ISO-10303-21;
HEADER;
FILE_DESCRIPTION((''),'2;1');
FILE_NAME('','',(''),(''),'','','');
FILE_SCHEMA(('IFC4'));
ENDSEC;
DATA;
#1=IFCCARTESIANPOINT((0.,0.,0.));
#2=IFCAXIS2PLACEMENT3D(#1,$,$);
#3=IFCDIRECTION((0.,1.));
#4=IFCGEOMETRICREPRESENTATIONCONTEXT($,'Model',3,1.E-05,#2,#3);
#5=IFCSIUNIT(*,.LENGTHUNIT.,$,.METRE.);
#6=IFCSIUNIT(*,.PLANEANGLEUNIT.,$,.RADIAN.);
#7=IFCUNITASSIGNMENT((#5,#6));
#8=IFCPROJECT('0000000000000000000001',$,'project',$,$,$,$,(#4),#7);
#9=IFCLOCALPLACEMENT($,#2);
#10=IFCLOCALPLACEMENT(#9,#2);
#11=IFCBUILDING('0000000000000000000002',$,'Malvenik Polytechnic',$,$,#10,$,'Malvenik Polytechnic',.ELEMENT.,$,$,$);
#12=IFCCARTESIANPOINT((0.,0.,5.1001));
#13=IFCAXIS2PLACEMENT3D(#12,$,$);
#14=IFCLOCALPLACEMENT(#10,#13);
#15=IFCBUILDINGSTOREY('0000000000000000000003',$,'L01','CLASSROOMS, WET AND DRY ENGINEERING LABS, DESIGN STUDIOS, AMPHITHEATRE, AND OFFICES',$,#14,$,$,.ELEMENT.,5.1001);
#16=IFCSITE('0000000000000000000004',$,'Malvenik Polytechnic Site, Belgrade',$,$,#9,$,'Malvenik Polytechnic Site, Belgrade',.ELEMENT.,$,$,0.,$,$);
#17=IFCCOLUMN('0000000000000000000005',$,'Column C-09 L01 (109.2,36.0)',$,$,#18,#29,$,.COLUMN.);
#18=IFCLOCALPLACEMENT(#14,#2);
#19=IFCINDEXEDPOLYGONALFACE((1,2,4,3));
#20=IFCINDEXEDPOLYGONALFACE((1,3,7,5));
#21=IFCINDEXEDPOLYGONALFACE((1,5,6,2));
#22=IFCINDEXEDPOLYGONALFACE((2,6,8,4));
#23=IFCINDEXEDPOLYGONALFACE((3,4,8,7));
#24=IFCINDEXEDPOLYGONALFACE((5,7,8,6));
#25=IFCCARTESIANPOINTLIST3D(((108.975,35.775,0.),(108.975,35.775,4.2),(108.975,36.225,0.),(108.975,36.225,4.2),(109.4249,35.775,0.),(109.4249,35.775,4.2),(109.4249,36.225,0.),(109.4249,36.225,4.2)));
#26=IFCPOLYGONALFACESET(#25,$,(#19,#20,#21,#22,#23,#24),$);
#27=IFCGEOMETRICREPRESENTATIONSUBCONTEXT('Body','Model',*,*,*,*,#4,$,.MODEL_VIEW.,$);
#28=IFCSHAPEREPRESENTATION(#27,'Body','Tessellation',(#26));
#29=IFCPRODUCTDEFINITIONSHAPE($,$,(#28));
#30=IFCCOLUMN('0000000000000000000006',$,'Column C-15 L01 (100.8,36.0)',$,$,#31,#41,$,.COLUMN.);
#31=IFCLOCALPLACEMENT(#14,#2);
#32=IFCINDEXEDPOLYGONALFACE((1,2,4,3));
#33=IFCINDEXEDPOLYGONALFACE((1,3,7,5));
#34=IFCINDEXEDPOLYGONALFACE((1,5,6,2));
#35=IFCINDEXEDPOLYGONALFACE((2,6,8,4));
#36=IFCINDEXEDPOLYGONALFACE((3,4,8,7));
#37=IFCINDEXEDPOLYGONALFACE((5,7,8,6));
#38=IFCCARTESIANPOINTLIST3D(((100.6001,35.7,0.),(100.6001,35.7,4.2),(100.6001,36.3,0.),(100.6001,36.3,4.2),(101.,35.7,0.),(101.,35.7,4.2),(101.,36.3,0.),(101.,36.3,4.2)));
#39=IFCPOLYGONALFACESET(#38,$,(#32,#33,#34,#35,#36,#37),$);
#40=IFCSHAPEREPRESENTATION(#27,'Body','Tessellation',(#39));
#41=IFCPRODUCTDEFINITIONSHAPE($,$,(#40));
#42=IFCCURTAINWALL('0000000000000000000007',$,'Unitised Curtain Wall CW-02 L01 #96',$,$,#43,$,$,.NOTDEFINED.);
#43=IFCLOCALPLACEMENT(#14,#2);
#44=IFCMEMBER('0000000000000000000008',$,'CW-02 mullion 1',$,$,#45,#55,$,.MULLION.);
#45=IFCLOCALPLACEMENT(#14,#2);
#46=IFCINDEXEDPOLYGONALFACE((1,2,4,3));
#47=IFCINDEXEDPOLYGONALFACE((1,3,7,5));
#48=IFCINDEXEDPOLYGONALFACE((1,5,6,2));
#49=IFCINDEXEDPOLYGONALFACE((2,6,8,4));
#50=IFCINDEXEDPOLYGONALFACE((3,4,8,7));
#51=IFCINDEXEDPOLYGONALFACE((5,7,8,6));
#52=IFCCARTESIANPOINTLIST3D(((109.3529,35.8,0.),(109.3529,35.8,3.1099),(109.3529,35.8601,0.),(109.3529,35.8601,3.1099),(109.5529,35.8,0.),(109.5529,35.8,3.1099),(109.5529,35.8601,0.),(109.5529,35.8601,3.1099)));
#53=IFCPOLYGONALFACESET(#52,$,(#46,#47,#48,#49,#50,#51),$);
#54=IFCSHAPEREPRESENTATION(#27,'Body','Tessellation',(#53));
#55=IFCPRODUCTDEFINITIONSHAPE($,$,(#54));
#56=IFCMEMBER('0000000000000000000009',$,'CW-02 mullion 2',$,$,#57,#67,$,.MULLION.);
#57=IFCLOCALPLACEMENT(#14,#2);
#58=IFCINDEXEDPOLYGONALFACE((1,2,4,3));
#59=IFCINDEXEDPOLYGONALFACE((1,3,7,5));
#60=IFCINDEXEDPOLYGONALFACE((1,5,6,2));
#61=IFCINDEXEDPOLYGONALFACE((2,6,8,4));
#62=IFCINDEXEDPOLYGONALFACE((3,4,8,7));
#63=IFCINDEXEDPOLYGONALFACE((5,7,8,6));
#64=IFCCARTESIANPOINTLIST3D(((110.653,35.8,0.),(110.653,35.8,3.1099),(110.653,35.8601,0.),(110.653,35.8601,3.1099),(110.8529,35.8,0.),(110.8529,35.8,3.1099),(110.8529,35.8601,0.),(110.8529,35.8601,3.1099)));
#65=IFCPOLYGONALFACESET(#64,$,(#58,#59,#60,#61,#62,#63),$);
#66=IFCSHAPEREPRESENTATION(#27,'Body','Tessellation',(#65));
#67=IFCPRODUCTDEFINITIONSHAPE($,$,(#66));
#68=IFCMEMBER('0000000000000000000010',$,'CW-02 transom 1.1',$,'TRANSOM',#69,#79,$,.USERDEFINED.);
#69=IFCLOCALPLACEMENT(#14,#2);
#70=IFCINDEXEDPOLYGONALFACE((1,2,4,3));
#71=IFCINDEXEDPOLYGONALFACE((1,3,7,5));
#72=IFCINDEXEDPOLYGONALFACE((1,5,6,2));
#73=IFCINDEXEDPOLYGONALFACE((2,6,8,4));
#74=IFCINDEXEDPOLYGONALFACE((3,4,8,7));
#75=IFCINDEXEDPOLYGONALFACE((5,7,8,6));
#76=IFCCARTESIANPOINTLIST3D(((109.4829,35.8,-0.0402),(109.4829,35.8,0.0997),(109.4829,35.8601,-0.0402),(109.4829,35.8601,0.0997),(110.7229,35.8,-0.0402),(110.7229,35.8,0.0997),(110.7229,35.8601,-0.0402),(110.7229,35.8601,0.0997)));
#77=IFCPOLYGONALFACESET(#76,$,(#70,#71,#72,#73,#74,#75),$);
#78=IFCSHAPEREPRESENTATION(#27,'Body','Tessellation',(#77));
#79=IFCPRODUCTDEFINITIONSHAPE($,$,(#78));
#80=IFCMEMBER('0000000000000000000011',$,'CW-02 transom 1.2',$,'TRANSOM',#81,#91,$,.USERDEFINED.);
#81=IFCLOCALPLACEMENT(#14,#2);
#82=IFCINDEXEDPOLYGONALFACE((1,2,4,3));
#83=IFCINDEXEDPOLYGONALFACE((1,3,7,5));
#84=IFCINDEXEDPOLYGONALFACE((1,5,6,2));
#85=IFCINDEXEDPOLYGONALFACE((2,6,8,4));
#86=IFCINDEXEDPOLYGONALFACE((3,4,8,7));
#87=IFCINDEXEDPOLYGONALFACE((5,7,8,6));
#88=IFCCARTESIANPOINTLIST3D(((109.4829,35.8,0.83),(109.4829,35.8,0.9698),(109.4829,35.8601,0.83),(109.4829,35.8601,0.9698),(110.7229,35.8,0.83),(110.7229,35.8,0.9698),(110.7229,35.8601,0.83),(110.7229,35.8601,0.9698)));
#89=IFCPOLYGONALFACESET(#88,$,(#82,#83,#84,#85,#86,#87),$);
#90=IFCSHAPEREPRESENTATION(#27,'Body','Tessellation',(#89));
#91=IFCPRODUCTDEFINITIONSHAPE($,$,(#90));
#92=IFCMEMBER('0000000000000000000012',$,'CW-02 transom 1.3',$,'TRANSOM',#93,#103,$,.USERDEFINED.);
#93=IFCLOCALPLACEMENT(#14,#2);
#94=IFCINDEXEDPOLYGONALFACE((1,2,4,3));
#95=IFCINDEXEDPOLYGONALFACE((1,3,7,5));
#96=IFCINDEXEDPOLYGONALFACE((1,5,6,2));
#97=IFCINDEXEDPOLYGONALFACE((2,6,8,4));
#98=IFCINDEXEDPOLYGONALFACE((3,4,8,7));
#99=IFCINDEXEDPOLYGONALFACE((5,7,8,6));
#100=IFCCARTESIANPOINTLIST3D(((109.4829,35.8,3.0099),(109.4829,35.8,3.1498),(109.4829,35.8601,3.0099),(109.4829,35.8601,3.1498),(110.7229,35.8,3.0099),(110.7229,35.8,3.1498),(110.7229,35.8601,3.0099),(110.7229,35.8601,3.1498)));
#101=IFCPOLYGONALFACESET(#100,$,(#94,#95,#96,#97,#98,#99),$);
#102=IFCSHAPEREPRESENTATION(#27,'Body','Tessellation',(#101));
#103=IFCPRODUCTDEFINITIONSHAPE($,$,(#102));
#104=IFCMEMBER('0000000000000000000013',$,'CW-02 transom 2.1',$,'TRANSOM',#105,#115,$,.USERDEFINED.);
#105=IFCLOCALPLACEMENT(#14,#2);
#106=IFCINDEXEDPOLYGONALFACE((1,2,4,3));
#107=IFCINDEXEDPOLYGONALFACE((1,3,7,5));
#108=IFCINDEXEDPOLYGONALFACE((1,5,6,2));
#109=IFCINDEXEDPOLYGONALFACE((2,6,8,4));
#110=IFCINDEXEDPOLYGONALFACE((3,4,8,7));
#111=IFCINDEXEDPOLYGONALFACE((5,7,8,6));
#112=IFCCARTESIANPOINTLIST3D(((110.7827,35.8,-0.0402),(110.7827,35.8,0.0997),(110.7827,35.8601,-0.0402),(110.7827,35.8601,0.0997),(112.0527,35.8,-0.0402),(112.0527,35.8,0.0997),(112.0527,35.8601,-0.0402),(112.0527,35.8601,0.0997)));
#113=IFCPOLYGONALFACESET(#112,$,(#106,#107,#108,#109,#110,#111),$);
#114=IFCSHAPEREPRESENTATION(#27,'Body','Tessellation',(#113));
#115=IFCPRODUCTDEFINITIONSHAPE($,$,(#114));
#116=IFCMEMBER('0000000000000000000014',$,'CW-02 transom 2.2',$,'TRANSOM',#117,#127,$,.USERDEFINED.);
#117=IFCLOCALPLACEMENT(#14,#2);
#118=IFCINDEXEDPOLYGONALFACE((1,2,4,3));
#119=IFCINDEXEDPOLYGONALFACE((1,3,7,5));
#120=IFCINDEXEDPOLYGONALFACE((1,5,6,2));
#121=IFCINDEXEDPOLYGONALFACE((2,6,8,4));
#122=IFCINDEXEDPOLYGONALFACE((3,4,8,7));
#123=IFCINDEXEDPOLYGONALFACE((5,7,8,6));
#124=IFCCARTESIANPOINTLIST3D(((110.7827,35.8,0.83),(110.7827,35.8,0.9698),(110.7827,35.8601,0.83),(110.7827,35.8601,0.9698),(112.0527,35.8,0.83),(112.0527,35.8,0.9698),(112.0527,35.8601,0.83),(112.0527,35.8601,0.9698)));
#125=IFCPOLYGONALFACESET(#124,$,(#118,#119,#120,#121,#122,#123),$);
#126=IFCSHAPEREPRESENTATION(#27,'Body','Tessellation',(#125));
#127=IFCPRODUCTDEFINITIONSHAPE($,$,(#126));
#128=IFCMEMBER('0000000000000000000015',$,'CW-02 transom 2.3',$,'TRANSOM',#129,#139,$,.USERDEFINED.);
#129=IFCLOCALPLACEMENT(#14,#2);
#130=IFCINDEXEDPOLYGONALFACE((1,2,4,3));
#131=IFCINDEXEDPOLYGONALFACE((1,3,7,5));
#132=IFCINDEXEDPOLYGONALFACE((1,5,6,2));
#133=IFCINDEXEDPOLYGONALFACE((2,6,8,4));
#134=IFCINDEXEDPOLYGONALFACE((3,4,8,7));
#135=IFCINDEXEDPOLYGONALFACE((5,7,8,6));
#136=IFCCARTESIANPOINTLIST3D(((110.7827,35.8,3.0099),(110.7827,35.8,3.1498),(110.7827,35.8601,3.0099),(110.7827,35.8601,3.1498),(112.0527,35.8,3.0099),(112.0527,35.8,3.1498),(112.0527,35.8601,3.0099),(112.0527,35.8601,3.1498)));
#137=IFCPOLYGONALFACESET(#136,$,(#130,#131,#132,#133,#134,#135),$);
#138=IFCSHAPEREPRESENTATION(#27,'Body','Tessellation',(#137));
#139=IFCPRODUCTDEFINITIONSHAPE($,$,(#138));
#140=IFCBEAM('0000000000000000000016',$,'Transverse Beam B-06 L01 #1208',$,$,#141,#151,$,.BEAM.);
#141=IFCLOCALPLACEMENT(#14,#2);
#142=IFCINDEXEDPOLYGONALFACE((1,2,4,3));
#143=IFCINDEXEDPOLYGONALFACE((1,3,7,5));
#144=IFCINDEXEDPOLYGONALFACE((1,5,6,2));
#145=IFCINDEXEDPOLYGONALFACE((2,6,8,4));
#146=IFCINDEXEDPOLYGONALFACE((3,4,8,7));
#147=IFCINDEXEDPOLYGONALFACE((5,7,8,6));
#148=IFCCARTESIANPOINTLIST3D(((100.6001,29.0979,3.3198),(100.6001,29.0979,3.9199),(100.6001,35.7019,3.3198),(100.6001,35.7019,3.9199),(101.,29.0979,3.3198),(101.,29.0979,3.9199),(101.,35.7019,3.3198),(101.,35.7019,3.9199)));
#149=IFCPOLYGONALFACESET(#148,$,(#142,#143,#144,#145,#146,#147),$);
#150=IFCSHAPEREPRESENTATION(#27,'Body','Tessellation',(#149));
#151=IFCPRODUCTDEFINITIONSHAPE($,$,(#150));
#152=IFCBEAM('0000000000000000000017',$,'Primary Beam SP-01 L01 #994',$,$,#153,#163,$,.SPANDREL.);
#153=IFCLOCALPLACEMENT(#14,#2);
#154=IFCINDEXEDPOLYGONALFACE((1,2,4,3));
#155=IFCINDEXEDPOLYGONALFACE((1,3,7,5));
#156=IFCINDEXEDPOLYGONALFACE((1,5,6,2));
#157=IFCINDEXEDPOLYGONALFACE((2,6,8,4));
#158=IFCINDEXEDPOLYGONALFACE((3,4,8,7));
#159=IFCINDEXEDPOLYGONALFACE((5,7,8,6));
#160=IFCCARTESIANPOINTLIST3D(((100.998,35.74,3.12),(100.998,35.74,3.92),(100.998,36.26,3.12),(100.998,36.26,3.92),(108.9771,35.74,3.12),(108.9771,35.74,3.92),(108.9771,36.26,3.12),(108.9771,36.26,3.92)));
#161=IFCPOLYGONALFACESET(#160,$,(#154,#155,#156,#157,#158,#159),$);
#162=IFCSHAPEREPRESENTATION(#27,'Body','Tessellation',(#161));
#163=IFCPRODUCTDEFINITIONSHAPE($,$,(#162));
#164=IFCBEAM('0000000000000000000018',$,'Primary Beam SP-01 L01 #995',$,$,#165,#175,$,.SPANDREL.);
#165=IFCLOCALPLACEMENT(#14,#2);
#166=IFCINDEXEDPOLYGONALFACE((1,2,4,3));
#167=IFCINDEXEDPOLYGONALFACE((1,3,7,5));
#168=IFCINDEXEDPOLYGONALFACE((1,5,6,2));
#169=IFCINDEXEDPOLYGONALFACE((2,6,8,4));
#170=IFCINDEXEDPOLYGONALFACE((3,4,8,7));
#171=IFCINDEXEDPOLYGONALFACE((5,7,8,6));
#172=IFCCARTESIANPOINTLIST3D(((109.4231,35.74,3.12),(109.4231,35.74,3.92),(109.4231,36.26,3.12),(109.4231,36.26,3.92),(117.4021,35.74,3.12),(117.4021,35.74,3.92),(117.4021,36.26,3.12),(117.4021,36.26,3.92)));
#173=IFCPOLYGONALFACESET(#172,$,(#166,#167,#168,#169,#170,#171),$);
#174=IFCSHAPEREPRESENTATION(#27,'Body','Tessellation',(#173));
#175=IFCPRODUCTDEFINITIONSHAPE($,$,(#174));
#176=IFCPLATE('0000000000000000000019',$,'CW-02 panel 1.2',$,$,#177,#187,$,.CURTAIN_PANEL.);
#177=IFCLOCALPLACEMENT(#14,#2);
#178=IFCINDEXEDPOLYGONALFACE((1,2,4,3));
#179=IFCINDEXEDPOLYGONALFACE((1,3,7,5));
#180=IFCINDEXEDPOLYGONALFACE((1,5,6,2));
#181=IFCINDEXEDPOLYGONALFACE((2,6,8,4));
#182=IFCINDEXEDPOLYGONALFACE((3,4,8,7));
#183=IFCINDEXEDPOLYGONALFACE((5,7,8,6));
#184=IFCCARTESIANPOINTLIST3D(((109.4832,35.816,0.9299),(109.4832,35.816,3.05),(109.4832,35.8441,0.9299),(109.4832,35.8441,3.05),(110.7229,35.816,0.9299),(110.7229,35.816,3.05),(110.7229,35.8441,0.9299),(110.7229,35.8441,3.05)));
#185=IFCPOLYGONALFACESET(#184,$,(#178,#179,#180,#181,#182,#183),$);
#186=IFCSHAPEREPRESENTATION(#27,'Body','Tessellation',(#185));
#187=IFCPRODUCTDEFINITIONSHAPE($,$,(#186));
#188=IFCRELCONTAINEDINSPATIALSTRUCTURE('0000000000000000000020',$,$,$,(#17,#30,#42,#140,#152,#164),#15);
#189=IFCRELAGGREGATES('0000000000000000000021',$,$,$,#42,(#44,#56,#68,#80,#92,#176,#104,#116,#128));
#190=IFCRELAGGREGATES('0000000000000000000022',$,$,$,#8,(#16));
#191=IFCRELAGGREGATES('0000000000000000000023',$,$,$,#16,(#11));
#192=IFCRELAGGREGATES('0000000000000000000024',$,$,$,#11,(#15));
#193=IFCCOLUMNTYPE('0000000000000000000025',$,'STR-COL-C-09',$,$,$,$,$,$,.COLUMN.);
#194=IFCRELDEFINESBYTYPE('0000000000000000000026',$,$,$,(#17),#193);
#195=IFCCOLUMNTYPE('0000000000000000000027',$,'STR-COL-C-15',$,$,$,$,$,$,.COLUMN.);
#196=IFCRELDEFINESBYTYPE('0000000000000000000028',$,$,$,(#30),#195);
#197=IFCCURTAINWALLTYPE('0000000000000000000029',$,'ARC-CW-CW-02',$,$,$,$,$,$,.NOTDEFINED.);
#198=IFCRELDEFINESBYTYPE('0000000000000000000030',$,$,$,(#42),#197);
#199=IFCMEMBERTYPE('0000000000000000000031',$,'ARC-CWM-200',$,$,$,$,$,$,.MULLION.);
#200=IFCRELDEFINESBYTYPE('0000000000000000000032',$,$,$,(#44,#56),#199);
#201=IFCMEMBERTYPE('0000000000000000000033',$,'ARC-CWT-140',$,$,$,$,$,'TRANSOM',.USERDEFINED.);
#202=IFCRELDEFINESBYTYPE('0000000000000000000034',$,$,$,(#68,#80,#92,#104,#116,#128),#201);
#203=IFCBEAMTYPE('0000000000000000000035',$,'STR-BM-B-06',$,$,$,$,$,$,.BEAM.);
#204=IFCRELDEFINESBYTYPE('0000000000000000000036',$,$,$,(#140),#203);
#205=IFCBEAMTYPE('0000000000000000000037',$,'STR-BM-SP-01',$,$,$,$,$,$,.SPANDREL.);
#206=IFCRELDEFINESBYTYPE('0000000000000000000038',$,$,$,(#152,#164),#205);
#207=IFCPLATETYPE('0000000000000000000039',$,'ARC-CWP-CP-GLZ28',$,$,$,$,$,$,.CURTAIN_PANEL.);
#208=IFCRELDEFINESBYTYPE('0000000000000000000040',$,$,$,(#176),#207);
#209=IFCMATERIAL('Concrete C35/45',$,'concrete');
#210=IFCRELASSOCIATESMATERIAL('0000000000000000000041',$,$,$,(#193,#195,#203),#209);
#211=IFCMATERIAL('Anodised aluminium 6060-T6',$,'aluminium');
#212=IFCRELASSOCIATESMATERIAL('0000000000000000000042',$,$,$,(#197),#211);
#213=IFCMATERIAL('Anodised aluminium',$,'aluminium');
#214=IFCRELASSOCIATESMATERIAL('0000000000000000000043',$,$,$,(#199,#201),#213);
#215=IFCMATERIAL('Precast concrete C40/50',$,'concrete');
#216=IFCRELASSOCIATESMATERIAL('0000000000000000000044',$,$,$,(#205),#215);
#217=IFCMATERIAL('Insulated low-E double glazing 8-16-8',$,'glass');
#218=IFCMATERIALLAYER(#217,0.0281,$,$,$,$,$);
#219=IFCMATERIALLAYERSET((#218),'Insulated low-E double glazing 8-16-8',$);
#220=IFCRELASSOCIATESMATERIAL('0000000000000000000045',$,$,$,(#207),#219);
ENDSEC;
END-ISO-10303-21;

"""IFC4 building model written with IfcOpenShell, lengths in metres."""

from ifc_helpers import new_model, si_unit, direction, frame, origin, origin_2d, place, context, subcontext, project, spatial, rectangle, extrude, material, layer, layer_set, material_profile, profile_set, type_object, element, aggregate, save


model = new_model("IFC4")

# Units and contexts
model_context = context("Model", 3, precision=1e-05, world=origin(), true_north=direction((0.0, 1.0)))
body_context = subcontext(model_context, "Body", "Model", "MODEL_VIEW")
ifc_project = project(units=[si_unit("LENGTHUNIT", "METRE"), si_unit("PLANEANGLEUNIT", "RADIAN")], contexts=[model_context])

# Site, building, storey
site_placement = place(None, origin())
site = spatial("IfcSite", under=ifc_project, at=site_placement, Name="Malvenik Polytechnic Site, Belgrade", LongName="Malvenik Polytechnic Site, Belgrade", CompositionType="ELEMENT", RefElevation=0.0)
building_placement = place(site_placement, origin())
building = spatial("IfcBuilding", under=site, at=building_placement, Name="Malvenik Polytechnic", LongName="Malvenik Polytechnic", CompositionType="ELEMENT")
storey_placement = place(building_placement, frame((0.0, 0.0, 5.1001)))
storey = spatial("IfcBuildingStorey", under=building, at=storey_placement, Name="L01", Description="CLASSROOMS, WET AND DRY ENGINEERING LABS, DESIGN STUDIOS, AMPHITHEATRE, AND OFFICES", CompositionType="ELEMENT", Elevation=5.1001)

# Columns
ifc_material_1 = material(Name="Concrete C35/45", Category="concrete")
ifc_material_profile_1 = material_profile(ifc_material_1, rectangle(XDim=0.45, YDim=0.45, at=origin_2d()), Name="RC COL 450x450")
ifc_profile_set_1 = profile_set([ifc_material_profile_1], Name="Concrete C35/45")
column_type_1 = type_object("IfcColumnType", Name="STR-COL-C-09", PredefinedType="COLUMN", material=ifc_profile_set_1)
column_1_placement = place(storey_placement, frame((109.2, 36.0, 0.0), z_axis=(0.0, 0.0, 1.0), x_axis=(1.0, 0.0, 0.0)))
element("IfcColumn", 1, at=column_1_placement, inside=storey, type_object=column_type_1, Name="Column C-09 L01 (109.2,36.0)", PredefinedType="COLUMN", context=body_context, shape_type="SweptSolid", body=[
    extrude(rectangle(XDim=0.45, YDim=0.45, at=origin_2d()), origin(), (0.0, 0.0, 1.0), 4.2),
])
ifc_material_profile_2 = material_profile(ifc_material_1, rectangle(XDim=0.3999, YDim=0.6001, at=origin_2d()), Name="RC COL 600x400")
ifc_profile_set_2 = profile_set([ifc_material_profile_2], Name="Concrete C35/45")
column_type_2 = type_object("IfcColumnType", Name="STR-COL-C-15", PredefinedType="COLUMN", material=ifc_profile_set_2)
column_2_placement = place(storey_placement, frame((100.8, 36.0, 0.0), z_axis=(0.0, 0.0, 1.0), x_axis=(1.0, 0.0, 0.0)))
element("IfcColumn", 2, at=column_2_placement, inside=storey, type_object=column_type_2, Name="Column C-15 L01 (100.8,36.0)", PredefinedType="COLUMN", context=body_context, shape_type="SweptSolid", body=[
    extrude(rectangle(XDim=0.3999, YDim=0.6001, at=origin_2d()), origin(), (0.0, 0.0, 1.0), 4.2),
])

# Curtain wall, members
ifc_material_2 = material(Name="Anodised aluminium 6060-T6", Category="aluminium")
curtain_wall_type = type_object("IfcCurtainWallType", Name="ARC-CW-CW-02", PredefinedType="NOTDEFINED", material=ifc_material_2)
curtain_wall_placement = place(storey_placement, origin())
curtain_wall = element("IfcCurtainWall", 3, at=curtain_wall_placement, inside=storey, type_object=curtain_wall_type, Name="Unitised Curtain Wall CW-02 L01 #96", PredefinedType="NOTDEFINED")
ifc_material_3 = material(Name="Anodised aluminium", Category="aluminium")
ifc_material_profile_3 = material_profile(ifc_material_3, rectangle(XDim=0.0601, YDim=0.2, at=origin_2d()), Name="ALU MULLION 60x200")
ifc_profile_set_3 = profile_set([ifc_material_profile_3], Name="Anodised aluminium")
member_type_1 = type_object("IfcMemberType", Name="ARC-CWM-200", PredefinedType="MULLION", material=ifc_profile_set_3)
member_1_placement = place(storey_placement, frame((109.4529, 35.8301, 0.0), z_axis=(0.0, 0.0, 1.0), x_axis=(0.0, 1.0, 0.0)))
member_1 = element("IfcMember", 4, at=member_1_placement, type_object=member_type_1, Name="CW-02 mullion 1", PredefinedType="MULLION", context=body_context, shape_type="SweptSolid", body=[
    extrude(rectangle(XDim=0.0601, YDim=0.2, at=origin_2d()), origin(), (0.0, 0.0, 1.0), 3.1099),
])
member_2_placement = place(storey_placement, frame((110.7529, 35.8301, 0.0), z_axis=(0.0, 0.0, 1.0), x_axis=(0.0, 1.0, 0.0)))
member_2 = element("IfcMember", 5, at=member_2_placement, type_object=member_type_1, Name="CW-02 mullion 2", PredefinedType="MULLION", context=body_context, shape_type="SweptSolid", body=[
    extrude(rectangle(XDim=0.0601, YDim=0.2, at=origin_2d()), origin(), (0.0, 0.0, 1.0), 3.1099),
])
ifc_material_profile_4 = material_profile(ifc_material_3, rectangle(XDim=0.0601, YDim=0.1399, at=origin_2d()), Name="ALU TRANSOM 60x140")
ifc_profile_set_4 = profile_set([ifc_material_profile_4], Name="Anodised aluminium")
member_type_2 = type_object("IfcMemberType", Name="ARC-CWT-140", ElementType="TRANSOM", PredefinedType="USERDEFINED", material=ifc_profile_set_4)
member_3_placement = place(storey_placement, frame((109.4829, 35.8301, 0.0298), z_axis=(1.0, 0.0, 0.0), x_axis=(0.0, 1.0, 0.0)))
member_3 = element("IfcMember", 6, at=member_3_placement, type_object=member_type_2, Name="CW-02 transom 1.1", ObjectType="TRANSOM", PredefinedType="USERDEFINED", context=body_context, shape_type="SweptSolid", body=[
    extrude(rectangle(XDim=0.0601, YDim=0.1399, at=origin_2d()), origin(), (0.0, 0.0, 1.0), 1.24),
])
member_4_placement = place(storey_placement, frame((109.4829, 35.8301, 0.8999), z_axis=(1.0, 0.0, 0.0), x_axis=(0.0, 1.0, 0.0)))
member_4 = element("IfcMember", 7, at=member_4_placement, type_object=member_type_2, Name="CW-02 transom 1.2", ObjectType="TRANSOM", PredefinedType="USERDEFINED", context=body_context, shape_type="SweptSolid", body=[
    extrude(rectangle(XDim=0.0601, YDim=0.1399, at=origin_2d()), origin(), (0.0, 0.0, 1.0), 1.24),
])
member_5_placement = place(storey_placement, frame((109.4829, 35.8301, 3.0798), z_axis=(1.0, 0.0, 0.0), x_axis=(0.0, 1.0, 0.0)))
member_5 = element("IfcMember", 8, at=member_5_placement, type_object=member_type_2, Name="CW-02 transom 1.3", ObjectType="TRANSOM", PredefinedType="USERDEFINED", context=body_context, shape_type="SweptSolid", body=[
    extrude(rectangle(XDim=0.0601, YDim=0.1399, at=origin_2d()), origin(), (0.0, 0.0, 1.0), 1.24),
])
member_6_placement = place(storey_placement, frame((110.7827, 35.8301, 0.0298), z_axis=(1.0, 0.0, 0.0), x_axis=(0.0, 1.0, 0.0)))
member_6 = element("IfcMember", 9, at=member_6_placement, type_object=member_type_2, Name="CW-02 transom 2.1", ObjectType="TRANSOM", PredefinedType="USERDEFINED", context=body_context, shape_type="SweptSolid", body=[
    extrude(rectangle(XDim=0.0601, YDim=0.1399, at=origin_2d()), origin(), (0.0, 0.0, 1.0), 1.27),
])
member_7_placement = place(storey_placement, frame((110.7827, 35.8301, 0.8999), z_axis=(1.0, 0.0, 0.0), x_axis=(0.0, 1.0, 0.0)))
member_7 = element("IfcMember", 10, at=member_7_placement, type_object=member_type_2, Name="CW-02 transom 2.2", ObjectType="TRANSOM", PredefinedType="USERDEFINED", context=body_context, shape_type="SweptSolid", body=[
    extrude(rectangle(XDim=0.0601, YDim=0.1399, at=origin_2d()), origin(), (0.0, 0.0, 1.0), 1.27),
])
member_8_placement = place(storey_placement, frame((110.7827, 35.8301, 3.0798), z_axis=(1.0, 0.0, 0.0), x_axis=(0.0, 1.0, 0.0)))
member_8 = element("IfcMember", 11, at=member_8_placement, type_object=member_type_2, Name="CW-02 transom 2.3", ObjectType="TRANSOM", PredefinedType="USERDEFINED", context=body_context, shape_type="SweptSolid", body=[
    extrude(rectangle(XDim=0.0601, YDim=0.1399, at=origin_2d()), origin(), (0.0, 0.0, 1.0), 1.27),
])

# Beams
ifc_material_profile_5 = material_profile(ifc_material_1, rectangle(XDim=0.3999, YDim=0.6001, at=origin_2d()), Name="RC BM 400x600")
ifc_profile_set_5 = profile_set([ifc_material_profile_5], Name="Concrete C35/45")
beam_type_1 = type_object("IfcBeamType", Name="STR-BM-B-06", PredefinedType="BEAM", material=ifc_profile_set_5)
beam_placement = place(storey_placement, frame((100.8, 29.0979, 3.6199), z_axis=(0.0, 1.0, 0.0), x_axis=(-1.0, 0.0, 0.0)))
element("IfcBeam", 12, at=beam_placement, inside=storey, type_object=beam_type_1, Name="Transverse Beam B-06 L01 #1208", PredefinedType="BEAM", context=body_context, shape_type="SweptSolid", body=[
    extrude(rectangle(XDim=0.3999, YDim=0.6001, at=origin_2d()), origin(), (0.0, 0.0, 1.0), 6.604),
])
ifc_material_4 = material(Name="Precast concrete C40/50", Category="concrete")
ifc_material_profile_6 = material_profile(ifc_material_4, rectangle(XDim=0.52, YDim=0.8, at=origin_2d()), Name="PC SPN 520x800")
ifc_profile_set_6 = profile_set([ifc_material_profile_6], Name="Precast concrete C40/50")
beam_type_2 = type_object("IfcBeamType", Name="STR-BM-SP-01", PredefinedType="SPANDREL", material=ifc_profile_set_6)
for number, where, z_axis, x_axis, name in (
    (13, (100.998, 36.0, 3.52), (1.0, 0.0, 0.0), (0.0, 1.0, 0.0), "Primary Beam SP-01 L01 #994"),
    (14, (109.4231, 36.0, 3.52), (1.0, 0.0, 0.0), (0.0, 1.0, 0.0), "Primary Beam SP-01 L01 #995"),
):
    element("IfcBeam", number, at=place(storey_placement, frame(where, z_axis=z_axis, x_axis=x_axis)), inside=storey, type_object=beam_type_2, Name=name, PredefinedType="SPANDREL", context=body_context, shape_type="SweptSolid", body=[
        extrude(rectangle(XDim=0.52, YDim=0.8, at=origin_2d()), origin(), (0.0, 0.0, 1.0), 7.979),
    ])

# Plate
ifc_material_5 = material(Name="Insulated low-E double glazing 8-16-8", Category="glass")
ifc_layer_1 = layer(ifc_material_5, 0.0281)
ifc_layer_set_1 = layer_set([ifc_layer_1], Name="Insulated low-E double glazing 8-16-8")
plate_type_1 = type_object("IfcPlateType", Name="ARC-CWP-CP-GLZ28", PredefinedType="CURTAIN_PANEL", material=ifc_layer_set_1)
plate_1_placement = place(storey_placement, frame((110.103, 35.8301, 0.9299), z_axis=(0.0, 0.0, 1.0), x_axis=(1.0, 0.0, 0.0)))
plate_1 = element("IfcPlate", 15, at=plate_1_placement, type_object=plate_type_1, Name="CW-02 panel 1.2", PredefinedType="CURTAIN_PANEL", context=body_context, shape_type="SweptSolid", body=[
    extrude(rectangle(XDim=1.2397, YDim=0.0281, at=origin_2d()), origin(), (0.0, 0.0, 1.0), 2.1201),
])
aggregate(curtain_wall, [member_1, member_2, member_3, member_4, member_5, plate_1, member_6, member_7, member_8])

save(model, "model.ifc")
